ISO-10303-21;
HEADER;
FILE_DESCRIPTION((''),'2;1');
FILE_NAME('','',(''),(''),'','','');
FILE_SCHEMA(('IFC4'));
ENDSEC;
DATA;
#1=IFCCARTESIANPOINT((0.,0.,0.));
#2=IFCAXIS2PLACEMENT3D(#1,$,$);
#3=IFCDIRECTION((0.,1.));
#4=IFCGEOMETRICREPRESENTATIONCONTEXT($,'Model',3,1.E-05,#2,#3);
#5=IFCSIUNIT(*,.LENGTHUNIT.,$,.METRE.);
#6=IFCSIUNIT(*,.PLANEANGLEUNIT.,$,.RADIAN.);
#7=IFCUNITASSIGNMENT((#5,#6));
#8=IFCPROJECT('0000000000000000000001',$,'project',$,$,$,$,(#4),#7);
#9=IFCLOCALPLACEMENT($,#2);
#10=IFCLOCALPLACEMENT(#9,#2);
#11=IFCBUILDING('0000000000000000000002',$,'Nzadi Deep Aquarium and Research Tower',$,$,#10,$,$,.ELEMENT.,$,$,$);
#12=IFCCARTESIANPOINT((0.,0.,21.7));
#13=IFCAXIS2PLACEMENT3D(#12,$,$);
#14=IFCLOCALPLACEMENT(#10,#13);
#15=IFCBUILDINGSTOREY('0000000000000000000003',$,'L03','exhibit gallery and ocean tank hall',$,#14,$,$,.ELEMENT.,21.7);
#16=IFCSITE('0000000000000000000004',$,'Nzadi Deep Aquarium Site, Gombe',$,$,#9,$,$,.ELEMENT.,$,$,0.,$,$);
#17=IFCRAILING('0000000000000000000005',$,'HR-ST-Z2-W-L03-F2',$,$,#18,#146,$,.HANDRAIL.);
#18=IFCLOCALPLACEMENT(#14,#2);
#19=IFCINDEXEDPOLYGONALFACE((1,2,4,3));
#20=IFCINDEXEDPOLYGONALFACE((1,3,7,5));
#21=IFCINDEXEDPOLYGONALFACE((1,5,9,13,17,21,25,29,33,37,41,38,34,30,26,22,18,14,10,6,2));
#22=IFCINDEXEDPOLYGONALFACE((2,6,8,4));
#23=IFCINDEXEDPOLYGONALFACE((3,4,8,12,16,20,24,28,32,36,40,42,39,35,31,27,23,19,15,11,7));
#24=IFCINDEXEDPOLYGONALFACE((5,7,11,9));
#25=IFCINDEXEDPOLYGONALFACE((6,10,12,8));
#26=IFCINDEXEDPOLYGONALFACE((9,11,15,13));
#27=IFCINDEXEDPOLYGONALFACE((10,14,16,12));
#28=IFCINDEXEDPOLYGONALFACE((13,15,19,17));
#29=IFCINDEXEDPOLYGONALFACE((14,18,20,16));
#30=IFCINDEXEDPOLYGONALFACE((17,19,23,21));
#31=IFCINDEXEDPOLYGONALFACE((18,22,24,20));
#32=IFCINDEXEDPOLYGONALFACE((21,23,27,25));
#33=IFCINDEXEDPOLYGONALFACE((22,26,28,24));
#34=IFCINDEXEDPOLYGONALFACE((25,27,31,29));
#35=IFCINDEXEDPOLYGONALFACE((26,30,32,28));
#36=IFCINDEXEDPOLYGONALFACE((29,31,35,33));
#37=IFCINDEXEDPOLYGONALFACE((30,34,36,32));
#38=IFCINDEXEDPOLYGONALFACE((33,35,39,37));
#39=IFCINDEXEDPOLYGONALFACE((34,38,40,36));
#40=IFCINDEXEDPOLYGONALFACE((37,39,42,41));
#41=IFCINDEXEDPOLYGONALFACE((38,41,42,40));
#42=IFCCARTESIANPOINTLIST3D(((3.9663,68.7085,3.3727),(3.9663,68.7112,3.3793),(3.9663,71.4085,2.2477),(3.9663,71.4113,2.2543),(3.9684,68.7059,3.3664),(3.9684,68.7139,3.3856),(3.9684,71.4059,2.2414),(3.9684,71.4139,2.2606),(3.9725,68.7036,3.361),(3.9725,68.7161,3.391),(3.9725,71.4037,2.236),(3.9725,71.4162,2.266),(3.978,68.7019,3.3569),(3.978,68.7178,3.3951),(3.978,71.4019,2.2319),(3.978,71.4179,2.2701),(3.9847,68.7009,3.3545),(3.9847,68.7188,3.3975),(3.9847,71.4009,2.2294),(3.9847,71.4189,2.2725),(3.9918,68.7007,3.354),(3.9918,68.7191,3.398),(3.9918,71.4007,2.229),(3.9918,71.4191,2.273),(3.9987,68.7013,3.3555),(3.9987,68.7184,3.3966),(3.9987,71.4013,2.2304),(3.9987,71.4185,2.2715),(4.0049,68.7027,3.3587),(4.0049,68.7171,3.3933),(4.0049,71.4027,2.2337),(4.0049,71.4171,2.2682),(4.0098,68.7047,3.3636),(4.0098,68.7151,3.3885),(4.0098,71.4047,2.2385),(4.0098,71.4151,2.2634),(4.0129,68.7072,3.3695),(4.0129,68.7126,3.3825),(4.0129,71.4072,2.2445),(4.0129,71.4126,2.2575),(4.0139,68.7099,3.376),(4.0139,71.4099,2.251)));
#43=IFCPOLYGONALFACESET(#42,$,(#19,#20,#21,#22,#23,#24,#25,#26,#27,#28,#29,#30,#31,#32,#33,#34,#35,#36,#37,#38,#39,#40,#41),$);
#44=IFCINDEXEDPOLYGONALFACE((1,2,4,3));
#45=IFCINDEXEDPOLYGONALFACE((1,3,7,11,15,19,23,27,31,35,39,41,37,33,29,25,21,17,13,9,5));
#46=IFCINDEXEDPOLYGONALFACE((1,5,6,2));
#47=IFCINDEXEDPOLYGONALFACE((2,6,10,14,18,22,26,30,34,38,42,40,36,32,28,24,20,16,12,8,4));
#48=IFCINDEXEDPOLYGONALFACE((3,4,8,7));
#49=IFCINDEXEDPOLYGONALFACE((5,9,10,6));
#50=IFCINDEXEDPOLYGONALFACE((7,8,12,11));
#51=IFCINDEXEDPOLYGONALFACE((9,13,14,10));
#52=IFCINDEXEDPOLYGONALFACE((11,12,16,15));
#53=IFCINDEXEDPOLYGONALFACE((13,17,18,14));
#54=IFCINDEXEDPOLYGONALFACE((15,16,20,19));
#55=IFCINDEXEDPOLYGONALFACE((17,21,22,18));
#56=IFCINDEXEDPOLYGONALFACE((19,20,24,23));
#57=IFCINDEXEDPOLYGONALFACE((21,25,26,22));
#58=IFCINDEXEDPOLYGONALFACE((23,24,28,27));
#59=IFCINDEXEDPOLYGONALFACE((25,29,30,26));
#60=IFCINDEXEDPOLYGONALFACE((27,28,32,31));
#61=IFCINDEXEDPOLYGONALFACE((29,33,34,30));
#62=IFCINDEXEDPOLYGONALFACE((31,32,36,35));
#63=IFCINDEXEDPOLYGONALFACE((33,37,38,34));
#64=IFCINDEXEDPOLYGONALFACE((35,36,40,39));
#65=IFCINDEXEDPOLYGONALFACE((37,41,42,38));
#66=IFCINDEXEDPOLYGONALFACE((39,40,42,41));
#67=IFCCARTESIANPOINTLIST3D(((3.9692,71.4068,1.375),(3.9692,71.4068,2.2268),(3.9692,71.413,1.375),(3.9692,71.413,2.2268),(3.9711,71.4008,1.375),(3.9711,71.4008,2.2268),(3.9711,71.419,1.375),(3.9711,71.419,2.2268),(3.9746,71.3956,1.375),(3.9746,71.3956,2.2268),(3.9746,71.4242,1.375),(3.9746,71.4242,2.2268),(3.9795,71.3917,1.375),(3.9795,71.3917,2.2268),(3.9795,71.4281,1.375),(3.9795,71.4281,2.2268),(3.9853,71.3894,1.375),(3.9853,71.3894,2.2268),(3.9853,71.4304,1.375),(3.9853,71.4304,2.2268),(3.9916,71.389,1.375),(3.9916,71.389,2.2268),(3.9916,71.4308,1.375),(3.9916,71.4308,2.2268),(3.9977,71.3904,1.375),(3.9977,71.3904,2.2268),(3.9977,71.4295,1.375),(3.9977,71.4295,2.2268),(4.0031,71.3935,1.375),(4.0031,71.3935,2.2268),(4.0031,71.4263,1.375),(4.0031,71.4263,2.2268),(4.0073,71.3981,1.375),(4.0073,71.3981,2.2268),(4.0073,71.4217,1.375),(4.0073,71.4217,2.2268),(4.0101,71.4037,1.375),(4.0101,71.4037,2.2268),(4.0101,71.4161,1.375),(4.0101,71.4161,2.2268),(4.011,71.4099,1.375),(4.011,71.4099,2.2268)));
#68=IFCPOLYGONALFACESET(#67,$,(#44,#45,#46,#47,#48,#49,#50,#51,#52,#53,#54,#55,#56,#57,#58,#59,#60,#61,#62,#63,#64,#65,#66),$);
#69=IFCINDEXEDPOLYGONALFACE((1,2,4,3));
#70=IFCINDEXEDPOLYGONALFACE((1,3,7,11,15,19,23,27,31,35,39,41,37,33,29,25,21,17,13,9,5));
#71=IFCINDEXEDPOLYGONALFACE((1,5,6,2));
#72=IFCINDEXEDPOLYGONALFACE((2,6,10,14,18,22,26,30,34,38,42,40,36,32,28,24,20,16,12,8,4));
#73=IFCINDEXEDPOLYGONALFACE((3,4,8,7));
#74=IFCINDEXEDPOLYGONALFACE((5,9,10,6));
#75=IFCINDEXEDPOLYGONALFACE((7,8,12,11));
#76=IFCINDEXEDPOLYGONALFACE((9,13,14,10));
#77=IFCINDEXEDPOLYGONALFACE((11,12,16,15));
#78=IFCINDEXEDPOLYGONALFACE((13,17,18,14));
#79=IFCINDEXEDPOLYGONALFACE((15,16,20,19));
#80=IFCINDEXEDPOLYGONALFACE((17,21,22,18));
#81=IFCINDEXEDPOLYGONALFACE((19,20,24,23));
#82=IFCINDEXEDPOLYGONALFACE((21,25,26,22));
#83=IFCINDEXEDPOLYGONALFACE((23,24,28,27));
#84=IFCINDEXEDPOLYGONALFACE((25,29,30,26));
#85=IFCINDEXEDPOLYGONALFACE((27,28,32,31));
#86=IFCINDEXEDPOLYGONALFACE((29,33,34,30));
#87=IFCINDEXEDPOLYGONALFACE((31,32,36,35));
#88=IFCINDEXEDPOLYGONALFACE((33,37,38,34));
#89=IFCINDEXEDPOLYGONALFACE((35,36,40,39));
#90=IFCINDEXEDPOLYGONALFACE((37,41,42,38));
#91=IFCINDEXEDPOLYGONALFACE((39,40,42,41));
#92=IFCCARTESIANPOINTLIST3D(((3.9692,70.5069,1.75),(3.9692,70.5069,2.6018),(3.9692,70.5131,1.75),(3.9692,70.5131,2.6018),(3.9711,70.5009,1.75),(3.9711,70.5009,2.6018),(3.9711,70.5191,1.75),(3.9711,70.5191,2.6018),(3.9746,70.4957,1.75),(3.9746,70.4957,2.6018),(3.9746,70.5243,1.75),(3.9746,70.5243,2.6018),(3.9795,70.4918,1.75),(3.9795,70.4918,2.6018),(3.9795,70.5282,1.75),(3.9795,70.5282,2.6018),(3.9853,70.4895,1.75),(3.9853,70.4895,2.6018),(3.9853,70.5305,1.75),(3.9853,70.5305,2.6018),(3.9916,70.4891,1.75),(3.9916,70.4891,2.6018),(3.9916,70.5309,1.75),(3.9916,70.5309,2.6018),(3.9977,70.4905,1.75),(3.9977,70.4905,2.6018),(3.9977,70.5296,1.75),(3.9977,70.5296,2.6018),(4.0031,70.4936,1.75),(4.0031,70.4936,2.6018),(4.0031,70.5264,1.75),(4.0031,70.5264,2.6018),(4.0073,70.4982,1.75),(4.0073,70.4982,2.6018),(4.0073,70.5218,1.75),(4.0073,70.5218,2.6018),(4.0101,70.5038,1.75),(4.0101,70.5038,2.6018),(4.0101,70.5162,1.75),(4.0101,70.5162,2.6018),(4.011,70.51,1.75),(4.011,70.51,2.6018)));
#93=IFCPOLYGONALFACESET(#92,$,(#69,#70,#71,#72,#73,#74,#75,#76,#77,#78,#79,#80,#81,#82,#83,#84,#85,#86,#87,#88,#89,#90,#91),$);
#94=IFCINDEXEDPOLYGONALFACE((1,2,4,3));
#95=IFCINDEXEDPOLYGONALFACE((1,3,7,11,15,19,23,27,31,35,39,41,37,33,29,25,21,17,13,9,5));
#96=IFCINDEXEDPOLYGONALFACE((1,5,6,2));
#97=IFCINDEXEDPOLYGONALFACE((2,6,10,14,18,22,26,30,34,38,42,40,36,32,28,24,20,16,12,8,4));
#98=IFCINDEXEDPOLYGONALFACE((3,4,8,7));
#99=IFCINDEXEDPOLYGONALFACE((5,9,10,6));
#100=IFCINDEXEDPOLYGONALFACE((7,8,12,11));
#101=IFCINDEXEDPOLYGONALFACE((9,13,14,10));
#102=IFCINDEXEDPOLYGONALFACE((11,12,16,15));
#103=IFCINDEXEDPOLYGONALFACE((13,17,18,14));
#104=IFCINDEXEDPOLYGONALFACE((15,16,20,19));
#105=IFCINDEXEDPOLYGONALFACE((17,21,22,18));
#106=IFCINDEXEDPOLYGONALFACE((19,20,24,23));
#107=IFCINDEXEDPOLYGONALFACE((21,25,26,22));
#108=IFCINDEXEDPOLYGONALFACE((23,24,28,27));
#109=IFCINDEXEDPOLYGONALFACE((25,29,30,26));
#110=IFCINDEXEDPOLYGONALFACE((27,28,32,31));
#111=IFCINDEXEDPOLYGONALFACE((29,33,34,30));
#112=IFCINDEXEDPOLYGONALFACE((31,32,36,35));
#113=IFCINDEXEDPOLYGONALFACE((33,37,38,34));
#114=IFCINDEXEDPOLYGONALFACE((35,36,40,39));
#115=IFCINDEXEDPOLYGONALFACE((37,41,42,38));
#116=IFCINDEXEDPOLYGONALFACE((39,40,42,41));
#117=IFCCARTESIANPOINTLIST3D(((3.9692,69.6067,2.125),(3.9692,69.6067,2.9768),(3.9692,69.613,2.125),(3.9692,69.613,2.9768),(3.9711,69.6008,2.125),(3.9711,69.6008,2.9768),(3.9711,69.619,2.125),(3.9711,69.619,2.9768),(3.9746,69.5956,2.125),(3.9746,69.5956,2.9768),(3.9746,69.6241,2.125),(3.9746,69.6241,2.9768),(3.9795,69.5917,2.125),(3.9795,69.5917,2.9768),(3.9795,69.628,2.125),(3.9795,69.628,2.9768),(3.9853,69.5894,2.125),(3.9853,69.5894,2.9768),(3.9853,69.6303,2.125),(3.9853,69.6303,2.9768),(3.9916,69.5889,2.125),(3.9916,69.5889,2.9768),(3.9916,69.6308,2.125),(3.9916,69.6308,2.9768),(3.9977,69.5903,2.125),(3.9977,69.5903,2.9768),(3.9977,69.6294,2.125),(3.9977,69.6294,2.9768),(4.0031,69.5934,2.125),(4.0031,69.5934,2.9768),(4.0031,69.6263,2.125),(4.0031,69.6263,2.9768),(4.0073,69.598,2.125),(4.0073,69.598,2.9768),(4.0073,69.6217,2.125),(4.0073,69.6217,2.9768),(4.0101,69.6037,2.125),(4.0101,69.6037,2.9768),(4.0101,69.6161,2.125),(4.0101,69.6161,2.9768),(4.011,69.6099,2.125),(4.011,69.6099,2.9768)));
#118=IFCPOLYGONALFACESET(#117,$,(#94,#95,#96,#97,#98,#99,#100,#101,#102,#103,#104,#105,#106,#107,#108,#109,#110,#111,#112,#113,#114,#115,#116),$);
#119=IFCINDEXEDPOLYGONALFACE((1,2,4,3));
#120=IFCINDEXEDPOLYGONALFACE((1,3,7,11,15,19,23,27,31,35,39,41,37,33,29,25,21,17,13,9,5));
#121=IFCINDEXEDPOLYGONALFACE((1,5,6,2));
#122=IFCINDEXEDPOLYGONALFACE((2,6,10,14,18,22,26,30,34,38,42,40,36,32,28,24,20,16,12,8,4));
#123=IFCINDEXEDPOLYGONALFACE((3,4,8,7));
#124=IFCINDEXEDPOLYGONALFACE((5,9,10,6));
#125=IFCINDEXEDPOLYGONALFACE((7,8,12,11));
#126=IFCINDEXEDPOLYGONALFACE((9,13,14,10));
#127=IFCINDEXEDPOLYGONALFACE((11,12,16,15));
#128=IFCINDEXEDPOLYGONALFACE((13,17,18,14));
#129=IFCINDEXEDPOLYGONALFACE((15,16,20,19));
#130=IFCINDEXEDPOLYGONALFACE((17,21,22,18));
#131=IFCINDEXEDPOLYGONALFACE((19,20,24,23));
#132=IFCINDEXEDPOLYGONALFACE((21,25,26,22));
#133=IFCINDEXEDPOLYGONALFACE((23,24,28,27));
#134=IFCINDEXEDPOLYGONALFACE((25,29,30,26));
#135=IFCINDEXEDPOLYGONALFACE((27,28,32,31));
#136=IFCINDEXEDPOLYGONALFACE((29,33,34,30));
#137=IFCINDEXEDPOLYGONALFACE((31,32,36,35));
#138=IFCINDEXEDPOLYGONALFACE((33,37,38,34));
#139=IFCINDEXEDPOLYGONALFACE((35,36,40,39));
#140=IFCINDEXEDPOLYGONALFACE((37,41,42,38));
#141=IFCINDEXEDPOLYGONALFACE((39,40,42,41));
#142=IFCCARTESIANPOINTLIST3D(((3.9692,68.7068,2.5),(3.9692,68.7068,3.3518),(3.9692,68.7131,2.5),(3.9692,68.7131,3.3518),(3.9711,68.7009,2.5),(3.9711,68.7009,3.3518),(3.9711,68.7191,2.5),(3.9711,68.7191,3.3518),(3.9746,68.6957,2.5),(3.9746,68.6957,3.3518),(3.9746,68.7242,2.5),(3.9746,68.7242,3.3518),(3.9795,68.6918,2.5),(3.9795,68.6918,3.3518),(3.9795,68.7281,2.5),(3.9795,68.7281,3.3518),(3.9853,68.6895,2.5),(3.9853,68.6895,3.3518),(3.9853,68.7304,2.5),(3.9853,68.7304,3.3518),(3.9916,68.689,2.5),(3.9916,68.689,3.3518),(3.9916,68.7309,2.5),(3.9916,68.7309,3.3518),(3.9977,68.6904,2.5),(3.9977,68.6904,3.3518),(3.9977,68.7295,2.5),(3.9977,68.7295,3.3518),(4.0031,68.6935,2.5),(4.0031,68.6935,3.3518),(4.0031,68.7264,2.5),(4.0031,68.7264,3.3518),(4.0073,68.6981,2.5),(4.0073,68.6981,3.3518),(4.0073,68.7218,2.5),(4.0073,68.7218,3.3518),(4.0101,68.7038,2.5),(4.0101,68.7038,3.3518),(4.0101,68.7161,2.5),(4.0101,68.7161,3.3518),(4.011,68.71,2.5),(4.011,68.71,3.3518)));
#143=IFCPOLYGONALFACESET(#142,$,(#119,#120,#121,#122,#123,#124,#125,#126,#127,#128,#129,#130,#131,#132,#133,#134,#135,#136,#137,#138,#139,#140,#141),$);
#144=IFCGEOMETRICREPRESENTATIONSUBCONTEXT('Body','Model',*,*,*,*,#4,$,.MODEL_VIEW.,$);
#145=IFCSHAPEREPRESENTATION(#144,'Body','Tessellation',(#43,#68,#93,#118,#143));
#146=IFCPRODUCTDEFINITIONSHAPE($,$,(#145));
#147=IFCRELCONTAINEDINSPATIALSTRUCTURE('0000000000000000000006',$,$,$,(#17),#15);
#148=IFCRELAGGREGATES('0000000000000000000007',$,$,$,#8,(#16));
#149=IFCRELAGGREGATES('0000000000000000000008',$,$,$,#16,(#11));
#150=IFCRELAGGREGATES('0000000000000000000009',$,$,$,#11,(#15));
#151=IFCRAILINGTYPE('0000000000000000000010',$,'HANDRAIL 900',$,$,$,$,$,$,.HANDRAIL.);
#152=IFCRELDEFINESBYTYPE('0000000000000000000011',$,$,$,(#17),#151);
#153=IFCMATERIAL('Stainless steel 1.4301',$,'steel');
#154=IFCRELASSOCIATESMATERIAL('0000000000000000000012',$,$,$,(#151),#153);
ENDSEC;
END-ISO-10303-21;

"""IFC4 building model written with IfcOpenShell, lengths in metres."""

from ifc_helpers import new_model, si_unit, direction, frame, origin, origin_2d, place, context, subcontext, project, spatial, circle, extrude, material, type_object, element, save


model = new_model("IFC4")

# Units and contexts
model_context = context("Model", 3, precision=1e-05, world=origin(), true_north=direction((0.0, 1.0)))
body_context = subcontext(model_context, "Body", "Model", "MODEL_VIEW")
ifc_project = project(units=[si_unit("LENGTHUNIT", "METRE"), si_unit("PLANEANGLEUNIT", "RADIAN")], contexts=[model_context])

# Site, building, storey
site_placement = place(None, origin())
site = spatial("IfcSite", under=ifc_project, at=site_placement, Name="Nzadi Deep Aquarium Site, Gombe", CompositionType="ELEMENT", RefElevation=0.0)
building_placement = place(site_placement, origin())
building = spatial("IfcBuilding", under=site, at=building_placement, Name="Nzadi Deep Aquarium and Research Tower", CompositionType="ELEMENT")
storey_placement = place(building_placement, frame((0.0, 0.0, 21.7)))
storey = spatial("IfcBuildingStorey", under=building, at=storey_placement, Name="L03", Description="exhibit gallery and ocean tank hall", CompositionType="ELEMENT", Elevation=21.7)

# Railing
ifc_material_1 = material(Name="Stainless steel 1.4301", Category="steel")
railing_type = type_object("IfcRailingType", Name="HANDRAIL 900", PredefinedType="HANDRAIL", material=ifc_material_1)
for number, where, name in (
    (1, (3.99, 71.4099, 1.375), "HR-ST-Z2-W-L03-F2"),
):
    element("IfcRailing", number, at=place(storey_placement, frame(where)), inside=storey, type_object=railing_type, Name=name, PredefinedType="HANDRAIL", context=body_context, shape_type="SweptSolid", body=[
        extrude(circle(Radius=0.0239, at=origin_2d()), frame((0.0, 0.0, 0.876), z_axis=(0.0, -0.923074, 0.384621), x_axis=(1.0, 0.0, 0.0)), (0.0, 0.0, 1.0), 2.925),
        extrude(circle(Radius=0.021, at=origin_2d()), origin(), (0.0, 0.0, 1.0), 0.8518),
        extrude(circle(Radius=0.021, at=origin_2d()), frame((0.0, -0.8999, 0.375)), (0.0, 0.0, 1.0), 0.8518),
        extrude(circle(Radius=0.021, at=origin_2d()), frame((0.0, -1.8, 0.75)), (0.0, 0.0, 1.0), 0.8518),
        extrude(circle(Radius=0.021, at=origin_2d()), frame((0.0, -2.7, 1.125)), (0.0, 0.0, 1.0), 0.8518),
    ])

save(model, "model.ifc")
